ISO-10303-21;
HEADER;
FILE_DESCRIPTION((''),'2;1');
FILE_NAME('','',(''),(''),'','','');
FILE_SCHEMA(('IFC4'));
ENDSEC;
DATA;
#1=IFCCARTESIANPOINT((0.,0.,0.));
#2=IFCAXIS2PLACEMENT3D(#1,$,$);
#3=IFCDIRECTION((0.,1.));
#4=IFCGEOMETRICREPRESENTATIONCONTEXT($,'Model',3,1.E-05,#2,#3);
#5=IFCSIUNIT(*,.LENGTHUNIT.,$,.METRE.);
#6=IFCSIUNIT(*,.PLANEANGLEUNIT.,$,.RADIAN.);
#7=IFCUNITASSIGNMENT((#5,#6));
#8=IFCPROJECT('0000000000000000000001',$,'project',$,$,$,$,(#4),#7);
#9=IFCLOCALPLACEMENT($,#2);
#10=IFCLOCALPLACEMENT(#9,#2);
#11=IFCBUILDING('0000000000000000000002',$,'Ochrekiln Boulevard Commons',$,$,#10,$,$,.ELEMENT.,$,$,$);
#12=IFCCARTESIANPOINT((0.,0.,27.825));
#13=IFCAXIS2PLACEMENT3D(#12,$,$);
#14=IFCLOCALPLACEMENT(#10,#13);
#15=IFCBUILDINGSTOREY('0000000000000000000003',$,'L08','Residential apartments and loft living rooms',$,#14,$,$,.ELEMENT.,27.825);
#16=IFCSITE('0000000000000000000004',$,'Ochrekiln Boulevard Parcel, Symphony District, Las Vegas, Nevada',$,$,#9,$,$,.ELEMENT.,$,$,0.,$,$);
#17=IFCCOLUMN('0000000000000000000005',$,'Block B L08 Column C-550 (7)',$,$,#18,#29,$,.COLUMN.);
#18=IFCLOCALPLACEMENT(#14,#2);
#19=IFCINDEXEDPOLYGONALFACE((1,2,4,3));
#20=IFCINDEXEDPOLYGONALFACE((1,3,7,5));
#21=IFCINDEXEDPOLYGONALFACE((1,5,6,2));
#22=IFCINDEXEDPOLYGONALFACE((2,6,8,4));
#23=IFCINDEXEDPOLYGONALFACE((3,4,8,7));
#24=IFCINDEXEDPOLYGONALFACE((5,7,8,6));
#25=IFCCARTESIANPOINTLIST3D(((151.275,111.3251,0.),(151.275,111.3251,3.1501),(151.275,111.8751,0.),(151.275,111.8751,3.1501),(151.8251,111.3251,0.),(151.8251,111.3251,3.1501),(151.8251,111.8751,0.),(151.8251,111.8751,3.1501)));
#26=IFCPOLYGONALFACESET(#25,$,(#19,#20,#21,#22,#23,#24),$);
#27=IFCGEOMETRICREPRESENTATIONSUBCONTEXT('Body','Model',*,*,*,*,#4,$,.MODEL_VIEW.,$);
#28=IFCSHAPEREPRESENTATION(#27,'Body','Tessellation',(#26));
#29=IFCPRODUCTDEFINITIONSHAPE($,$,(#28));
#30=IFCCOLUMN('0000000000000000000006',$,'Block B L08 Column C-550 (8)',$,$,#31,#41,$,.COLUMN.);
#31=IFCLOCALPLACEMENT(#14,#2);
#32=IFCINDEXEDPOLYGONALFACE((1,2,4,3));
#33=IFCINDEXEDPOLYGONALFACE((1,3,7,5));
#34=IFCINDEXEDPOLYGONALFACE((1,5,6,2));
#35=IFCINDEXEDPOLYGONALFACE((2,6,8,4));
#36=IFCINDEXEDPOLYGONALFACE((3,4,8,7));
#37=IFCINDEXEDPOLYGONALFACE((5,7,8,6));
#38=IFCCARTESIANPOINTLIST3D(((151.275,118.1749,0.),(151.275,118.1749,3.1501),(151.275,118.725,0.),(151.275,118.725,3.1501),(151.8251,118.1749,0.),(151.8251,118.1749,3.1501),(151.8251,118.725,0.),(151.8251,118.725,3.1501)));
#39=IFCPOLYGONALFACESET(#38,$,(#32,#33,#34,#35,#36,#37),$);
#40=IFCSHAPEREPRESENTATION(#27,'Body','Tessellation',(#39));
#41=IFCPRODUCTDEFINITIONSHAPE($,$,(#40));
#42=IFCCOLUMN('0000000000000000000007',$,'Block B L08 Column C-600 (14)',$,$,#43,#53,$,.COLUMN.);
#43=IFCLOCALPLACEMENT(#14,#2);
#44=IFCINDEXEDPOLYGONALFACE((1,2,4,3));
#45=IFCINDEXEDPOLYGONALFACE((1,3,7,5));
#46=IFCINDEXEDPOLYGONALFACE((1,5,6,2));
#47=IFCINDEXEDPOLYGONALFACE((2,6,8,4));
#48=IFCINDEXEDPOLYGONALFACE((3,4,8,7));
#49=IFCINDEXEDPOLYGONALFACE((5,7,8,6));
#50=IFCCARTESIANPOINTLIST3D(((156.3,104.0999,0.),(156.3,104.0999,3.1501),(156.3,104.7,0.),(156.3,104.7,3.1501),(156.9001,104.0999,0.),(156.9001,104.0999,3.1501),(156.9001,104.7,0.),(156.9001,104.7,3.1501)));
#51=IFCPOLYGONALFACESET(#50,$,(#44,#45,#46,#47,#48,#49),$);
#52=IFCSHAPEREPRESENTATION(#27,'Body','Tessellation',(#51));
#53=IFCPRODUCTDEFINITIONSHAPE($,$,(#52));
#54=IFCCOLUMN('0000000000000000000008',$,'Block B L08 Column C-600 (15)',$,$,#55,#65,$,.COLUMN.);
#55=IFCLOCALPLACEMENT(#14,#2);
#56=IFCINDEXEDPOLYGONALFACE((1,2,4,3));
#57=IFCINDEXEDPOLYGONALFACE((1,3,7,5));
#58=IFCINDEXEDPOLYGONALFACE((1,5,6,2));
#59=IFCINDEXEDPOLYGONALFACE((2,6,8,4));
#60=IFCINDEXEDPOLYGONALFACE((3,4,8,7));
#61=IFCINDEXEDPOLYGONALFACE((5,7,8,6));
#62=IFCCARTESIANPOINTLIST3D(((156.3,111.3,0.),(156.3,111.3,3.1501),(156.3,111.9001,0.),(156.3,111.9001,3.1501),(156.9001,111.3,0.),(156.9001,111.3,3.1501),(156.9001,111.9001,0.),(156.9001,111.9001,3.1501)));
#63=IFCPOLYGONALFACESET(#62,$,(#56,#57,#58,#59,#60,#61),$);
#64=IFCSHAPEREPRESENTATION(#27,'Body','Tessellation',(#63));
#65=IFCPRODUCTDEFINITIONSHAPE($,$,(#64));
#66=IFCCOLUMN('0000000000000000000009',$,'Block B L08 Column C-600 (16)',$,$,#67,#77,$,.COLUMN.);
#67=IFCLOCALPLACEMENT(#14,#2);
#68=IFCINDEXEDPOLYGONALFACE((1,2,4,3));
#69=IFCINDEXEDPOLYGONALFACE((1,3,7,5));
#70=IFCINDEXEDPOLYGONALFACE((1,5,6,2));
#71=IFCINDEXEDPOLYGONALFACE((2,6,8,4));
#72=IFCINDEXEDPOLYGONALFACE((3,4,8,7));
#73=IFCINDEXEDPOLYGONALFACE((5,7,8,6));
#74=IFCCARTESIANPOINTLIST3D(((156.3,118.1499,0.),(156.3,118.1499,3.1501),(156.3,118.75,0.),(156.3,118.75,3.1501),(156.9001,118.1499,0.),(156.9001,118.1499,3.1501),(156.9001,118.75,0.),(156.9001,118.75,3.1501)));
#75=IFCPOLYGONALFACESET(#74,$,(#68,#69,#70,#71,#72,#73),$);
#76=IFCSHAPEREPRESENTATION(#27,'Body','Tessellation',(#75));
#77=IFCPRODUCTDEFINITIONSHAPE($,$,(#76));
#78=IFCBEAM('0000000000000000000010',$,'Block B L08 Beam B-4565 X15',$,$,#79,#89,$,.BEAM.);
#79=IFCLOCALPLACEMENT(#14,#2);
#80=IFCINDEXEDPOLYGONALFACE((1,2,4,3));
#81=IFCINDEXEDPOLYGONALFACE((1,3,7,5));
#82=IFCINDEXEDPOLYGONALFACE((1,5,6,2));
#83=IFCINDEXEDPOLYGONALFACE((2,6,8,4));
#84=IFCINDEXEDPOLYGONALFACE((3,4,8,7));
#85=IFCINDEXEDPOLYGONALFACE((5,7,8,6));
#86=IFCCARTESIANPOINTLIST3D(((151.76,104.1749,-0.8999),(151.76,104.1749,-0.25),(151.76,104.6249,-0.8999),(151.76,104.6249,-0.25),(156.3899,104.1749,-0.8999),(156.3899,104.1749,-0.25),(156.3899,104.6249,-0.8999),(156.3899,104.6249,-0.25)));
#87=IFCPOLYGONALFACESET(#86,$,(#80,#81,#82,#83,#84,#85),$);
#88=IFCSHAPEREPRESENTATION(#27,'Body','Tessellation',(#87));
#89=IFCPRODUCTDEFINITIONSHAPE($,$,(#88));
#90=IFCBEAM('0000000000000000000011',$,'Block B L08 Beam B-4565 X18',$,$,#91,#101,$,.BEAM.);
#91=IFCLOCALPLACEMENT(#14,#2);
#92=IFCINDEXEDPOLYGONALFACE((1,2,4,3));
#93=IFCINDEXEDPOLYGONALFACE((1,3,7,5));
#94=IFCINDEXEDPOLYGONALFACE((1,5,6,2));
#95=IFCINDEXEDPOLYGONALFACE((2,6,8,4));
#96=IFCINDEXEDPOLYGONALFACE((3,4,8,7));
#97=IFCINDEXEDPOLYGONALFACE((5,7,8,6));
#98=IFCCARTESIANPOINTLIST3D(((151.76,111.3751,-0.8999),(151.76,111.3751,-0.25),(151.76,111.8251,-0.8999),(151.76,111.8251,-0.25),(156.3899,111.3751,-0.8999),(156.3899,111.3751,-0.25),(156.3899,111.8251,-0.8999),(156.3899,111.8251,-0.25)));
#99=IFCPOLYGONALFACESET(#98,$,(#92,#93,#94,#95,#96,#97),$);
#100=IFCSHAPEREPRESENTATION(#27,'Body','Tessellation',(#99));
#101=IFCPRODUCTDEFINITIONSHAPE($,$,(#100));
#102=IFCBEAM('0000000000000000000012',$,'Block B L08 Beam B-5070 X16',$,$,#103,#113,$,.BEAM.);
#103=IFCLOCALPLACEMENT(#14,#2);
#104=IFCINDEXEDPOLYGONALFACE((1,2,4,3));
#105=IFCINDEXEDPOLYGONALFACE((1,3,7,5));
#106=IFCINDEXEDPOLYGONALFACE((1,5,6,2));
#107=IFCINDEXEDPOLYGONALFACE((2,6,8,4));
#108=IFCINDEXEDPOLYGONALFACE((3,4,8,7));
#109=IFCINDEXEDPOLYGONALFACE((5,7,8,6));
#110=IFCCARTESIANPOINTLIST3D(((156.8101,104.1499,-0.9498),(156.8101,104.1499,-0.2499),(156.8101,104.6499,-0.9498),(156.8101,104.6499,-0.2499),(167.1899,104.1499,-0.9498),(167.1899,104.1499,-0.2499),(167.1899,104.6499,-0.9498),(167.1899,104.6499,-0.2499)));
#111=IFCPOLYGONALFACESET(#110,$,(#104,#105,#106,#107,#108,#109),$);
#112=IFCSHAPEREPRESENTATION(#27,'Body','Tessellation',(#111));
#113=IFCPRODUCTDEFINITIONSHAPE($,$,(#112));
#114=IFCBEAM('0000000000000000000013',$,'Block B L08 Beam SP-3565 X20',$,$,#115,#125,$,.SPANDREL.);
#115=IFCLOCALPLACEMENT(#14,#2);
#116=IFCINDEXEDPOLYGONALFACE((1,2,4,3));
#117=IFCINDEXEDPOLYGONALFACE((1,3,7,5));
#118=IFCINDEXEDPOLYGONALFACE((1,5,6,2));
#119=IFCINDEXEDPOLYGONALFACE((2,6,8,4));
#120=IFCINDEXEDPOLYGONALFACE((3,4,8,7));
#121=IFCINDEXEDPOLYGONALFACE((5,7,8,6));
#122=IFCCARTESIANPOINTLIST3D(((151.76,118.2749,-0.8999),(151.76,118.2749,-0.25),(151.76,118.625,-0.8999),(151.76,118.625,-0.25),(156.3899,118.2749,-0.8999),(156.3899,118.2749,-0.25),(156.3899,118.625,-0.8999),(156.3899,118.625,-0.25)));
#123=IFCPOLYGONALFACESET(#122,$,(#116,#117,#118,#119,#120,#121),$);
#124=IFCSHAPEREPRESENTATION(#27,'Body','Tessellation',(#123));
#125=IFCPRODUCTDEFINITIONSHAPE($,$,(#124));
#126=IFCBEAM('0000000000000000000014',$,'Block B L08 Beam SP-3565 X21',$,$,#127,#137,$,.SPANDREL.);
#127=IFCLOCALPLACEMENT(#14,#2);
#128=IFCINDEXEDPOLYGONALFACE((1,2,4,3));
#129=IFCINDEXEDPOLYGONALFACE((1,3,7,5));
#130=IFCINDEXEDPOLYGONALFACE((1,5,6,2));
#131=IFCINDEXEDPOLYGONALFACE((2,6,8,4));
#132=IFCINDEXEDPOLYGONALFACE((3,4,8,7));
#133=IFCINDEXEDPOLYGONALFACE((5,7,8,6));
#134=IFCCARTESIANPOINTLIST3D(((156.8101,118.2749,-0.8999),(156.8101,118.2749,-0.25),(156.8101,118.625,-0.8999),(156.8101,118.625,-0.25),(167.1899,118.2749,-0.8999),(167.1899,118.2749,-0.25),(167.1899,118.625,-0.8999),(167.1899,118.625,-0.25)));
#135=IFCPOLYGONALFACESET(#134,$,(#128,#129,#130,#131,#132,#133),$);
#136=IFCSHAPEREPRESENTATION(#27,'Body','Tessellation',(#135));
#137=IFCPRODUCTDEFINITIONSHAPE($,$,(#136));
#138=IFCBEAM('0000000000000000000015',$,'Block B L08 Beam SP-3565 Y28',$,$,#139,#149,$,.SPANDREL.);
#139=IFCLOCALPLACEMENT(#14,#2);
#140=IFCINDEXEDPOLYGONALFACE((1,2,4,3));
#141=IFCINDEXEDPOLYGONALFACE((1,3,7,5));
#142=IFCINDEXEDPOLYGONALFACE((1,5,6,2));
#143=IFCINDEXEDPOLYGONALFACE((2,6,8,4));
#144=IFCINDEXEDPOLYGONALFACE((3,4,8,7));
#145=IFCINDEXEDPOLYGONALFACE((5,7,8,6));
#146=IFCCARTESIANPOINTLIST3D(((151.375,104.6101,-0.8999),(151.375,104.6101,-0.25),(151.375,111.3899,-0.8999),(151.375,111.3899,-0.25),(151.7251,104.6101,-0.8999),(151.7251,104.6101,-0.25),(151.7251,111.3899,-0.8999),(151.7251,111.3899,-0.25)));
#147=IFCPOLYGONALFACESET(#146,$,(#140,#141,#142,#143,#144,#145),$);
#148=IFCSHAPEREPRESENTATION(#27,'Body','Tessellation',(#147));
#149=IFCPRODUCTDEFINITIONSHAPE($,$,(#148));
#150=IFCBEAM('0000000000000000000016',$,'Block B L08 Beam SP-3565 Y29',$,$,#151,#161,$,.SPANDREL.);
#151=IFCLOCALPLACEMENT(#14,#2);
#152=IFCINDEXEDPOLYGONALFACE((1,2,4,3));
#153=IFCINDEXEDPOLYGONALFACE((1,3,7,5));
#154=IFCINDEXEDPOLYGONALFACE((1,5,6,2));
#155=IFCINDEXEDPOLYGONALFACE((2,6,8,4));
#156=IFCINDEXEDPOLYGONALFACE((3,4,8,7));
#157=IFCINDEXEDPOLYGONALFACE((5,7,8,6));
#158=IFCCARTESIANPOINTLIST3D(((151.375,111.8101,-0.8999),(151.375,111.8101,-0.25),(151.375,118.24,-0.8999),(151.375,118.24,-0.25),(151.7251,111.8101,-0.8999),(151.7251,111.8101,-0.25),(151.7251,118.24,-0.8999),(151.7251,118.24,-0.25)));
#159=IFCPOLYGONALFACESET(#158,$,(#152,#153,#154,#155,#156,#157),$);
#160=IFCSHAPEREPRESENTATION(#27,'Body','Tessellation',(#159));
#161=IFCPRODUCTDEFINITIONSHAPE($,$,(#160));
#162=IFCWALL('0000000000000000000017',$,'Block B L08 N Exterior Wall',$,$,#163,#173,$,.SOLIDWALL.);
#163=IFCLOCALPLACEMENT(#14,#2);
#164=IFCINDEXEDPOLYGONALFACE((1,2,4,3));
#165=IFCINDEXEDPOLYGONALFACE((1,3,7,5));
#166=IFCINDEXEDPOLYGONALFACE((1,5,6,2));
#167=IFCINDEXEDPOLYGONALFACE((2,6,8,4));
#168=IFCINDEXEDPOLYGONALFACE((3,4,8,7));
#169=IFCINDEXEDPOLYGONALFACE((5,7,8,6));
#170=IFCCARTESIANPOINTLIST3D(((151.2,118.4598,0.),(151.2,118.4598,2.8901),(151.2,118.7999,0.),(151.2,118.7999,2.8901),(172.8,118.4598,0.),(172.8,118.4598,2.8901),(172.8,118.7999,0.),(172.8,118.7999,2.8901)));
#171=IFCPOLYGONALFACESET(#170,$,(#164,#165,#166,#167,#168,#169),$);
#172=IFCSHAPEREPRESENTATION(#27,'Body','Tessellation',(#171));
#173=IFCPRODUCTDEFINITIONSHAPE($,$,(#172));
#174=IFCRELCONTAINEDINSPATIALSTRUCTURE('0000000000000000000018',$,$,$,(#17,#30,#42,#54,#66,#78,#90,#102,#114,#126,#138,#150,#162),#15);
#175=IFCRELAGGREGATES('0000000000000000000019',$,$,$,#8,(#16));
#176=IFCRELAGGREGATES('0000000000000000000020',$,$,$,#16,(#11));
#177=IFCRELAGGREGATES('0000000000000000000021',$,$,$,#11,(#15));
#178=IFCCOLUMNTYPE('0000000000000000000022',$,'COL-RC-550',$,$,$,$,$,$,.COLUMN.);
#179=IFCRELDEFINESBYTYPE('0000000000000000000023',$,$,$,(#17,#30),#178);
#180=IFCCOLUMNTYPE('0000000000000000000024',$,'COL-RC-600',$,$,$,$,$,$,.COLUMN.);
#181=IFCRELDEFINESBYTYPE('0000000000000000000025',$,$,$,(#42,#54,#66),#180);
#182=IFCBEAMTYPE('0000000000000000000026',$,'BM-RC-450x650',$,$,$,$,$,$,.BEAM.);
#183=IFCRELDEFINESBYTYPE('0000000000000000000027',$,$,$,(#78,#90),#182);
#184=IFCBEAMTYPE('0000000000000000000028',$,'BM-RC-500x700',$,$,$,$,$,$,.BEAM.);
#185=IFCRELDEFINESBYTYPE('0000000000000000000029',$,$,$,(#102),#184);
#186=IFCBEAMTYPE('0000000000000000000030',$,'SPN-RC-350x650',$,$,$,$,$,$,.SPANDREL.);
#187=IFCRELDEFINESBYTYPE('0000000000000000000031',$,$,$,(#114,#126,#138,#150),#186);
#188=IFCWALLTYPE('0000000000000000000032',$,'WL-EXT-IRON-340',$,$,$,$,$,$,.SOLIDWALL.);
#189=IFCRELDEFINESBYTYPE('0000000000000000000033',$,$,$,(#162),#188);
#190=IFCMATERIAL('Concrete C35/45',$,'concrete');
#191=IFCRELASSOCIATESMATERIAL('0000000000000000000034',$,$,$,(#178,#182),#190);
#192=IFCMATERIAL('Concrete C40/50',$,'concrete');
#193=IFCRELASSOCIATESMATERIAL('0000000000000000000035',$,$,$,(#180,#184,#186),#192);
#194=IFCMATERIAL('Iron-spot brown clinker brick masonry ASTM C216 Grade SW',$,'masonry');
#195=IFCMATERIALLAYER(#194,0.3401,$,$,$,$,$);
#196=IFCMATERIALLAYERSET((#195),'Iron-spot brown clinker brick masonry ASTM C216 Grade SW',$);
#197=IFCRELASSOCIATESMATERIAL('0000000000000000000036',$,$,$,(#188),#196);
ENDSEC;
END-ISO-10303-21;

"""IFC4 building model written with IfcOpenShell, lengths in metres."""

from ifc_helpers import new_model, si_unit, direction, frame, frame_2d, origin, origin_2d, place, context, subcontext, project, spatial, rectangle, extrude, material, layer, layer_set, material_profile, profile_set, type_object, element, save


model = new_model("IFC4")

# Units and contexts
model_context = context("Model", 3, precision=1e-05, world=origin(), true_north=direction((0.0, 1.0)))
body_context = subcontext(model_context, "Body", "Model", "MODEL_VIEW")
ifc_project = project(units=[si_unit("LENGTHUNIT", "METRE"), si_unit("PLANEANGLEUNIT", "RADIAN")], contexts=[model_context])

# Site, building, storey
site_placement = place(None, origin())
site = spatial("IfcSite", under=ifc_project, at=site_placement, Name="Ochrekiln Boulevard Parcel, Symphony District, Las Vegas, Nevada", CompositionType="ELEMENT", RefElevation=0.0)
building_placement = place(site_placement, origin())
building = spatial("IfcBuilding", under=site, at=building_placement, Name="Ochrekiln Boulevard Commons", CompositionType="ELEMENT")
storey_placement = place(building_placement, frame((0.0, 0.0, 27.825)))
storey = spatial("IfcBuildingStorey", under=building, at=storey_placement, Name="L08", Description="Residential apartments and loft living rooms", CompositionType="ELEMENT", Elevation=27.825)

# Columns
ifc_material_1 = material(Name="Concrete C35/45", Category="concrete")
ifc_material_profile_1 = material_profile(ifc_material_1, rectangle(XDim=0.55, YDim=0.55, at=origin_2d()), Name="RC-COL-550x550")
ifc_profile_set_1 = profile_set([ifc_material_profile_1], Name="Concrete C35/45")
column_type_1 = type_object("IfcColumnType", Name="COL-RC-550", PredefinedType="COLUMN", material=ifc_profile_set_1)
for number, where, z_axis, x_axis, name in (
    (1, (151.55, 111.6001, 0.0), (0.0, 0.0, 1.0), (1.0, 0.0, 0.0), "Block B L08 Column C-550 (7)"),
    (2, (151.55, 118.45, 0.0), (0.0, 0.0, 1.0), (1.0, 0.0, 0.0), "Block B L08 Column C-550 (8)"),
):
    element("IfcColumn", number, at=place(storey_placement, frame(where, z_axis=z_axis, x_axis=x_axis)), inside=storey, type_object=column_type_1, Name=name, PredefinedType="COLUMN", context=body_context, shape_type="SweptSolid", body=[
        extrude(rectangle(XDim=0.55, YDim=0.55, at=origin_2d()), origin(), (0.0, 0.0, 1.0), 3.1501),
    ])
ifc_material_2 = material(Name="Concrete C40/50", Category="concrete")
ifc_material_profile_2 = material_profile(ifc_material_2, rectangle(XDim=0.6001, YDim=0.6001, at=origin_2d()), Name="RC-COL-600x600")
ifc_profile_set_2 = profile_set([ifc_material_profile_2], Name="Concrete C40/50")
column_type_2 = type_object("IfcColumnType", Name="COL-RC-600", PredefinedType="COLUMN", material=ifc_profile_set_2)
for number, where, z_axis, x_axis, name in (
    (3, (156.6001, 104.3999, 0.0), (0.0, 0.0, 1.0), (1.0, 0.0, 0.0), "Block B L08 Column C-600 (14)"),
    (4, (156.6001, 111.6001, 0.0), (0.0, 0.0, 1.0), (1.0, 0.0, 0.0), "Block B L08 Column C-600 (15)"),
    (5, (156.6001, 118.45, 0.0), (0.0, 0.0, 1.0), (1.0, 0.0, 0.0), "Block B L08 Column C-600 (16)"),
):
    element("IfcColumn", number, at=place(storey_placement, frame(where, z_axis=z_axis, x_axis=x_axis)), inside=storey, type_object=column_type_2, Name=name, PredefinedType="COLUMN", context=body_context, shape_type="SweptSolid", body=[
        extrude(rectangle(XDim=0.6001, YDim=0.6001, at=origin_2d()), origin(), (0.0, 0.0, 1.0), 3.1501),
    ])

# Beams
ifc_material_profile_3 = material_profile(ifc_material_1, rectangle(XDim=0.45, YDim=0.6499, at=origin_2d()), Name="RC-BM-450x650")
ifc_profile_set_3 = profile_set([ifc_material_profile_3], Name="Concrete C35/45")
beam_type_1 = type_object("IfcBeamType", Name="BM-RC-450x650", PredefinedType="BEAM", material=ifc_profile_set_3)
for number, where, z_axis, x_axis, name in (
    (6, (151.76, 104.3999, -0.575), (1.0, 0.0, 0.0), (0.0, 1.0, 0.0), "Block B L08 Beam B-4565 X15"),
    (7, (151.76, 111.6001, -0.575), (1.0, 0.0, 0.0), (0.0, 1.0, 0.0), "Block B L08 Beam B-4565 X18"),
):
    element("IfcBeam", number, at=place(storey_placement, frame(where, z_axis=z_axis, x_axis=x_axis)), inside=storey, type_object=beam_type_1, Name=name, PredefinedType="BEAM", context=body_context, shape_type="SweptSolid", body=[
        extrude(rectangle(XDim=0.45, YDim=0.6499, at=origin_2d()), origin(), (0.0, 0.0, 1.0), 4.6299),
    ])
ifc_material_profile_4 = material_profile(ifc_material_2, rectangle(XDim=0.5, YDim=0.7, at=origin_2d()), Name="RC-BM-500x700")
ifc_profile_set_4 = profile_set([ifc_material_profile_4], Name="Concrete C40/50")
beam_type_2 = type_object("IfcBeamType", Name="BM-RC-500x700", PredefinedType="BEAM", material=ifc_profile_set_4)
beam_1_placement = place(storey_placement, frame((156.8101, 104.3999, -0.5999), z_axis=(1.0, 0.0, 0.0), x_axis=(0.0, 1.0, 0.0)))
element("IfcBeam", 8, at=beam_1_placement, inside=storey, type_object=beam_type_2, Name="Block B L08 Beam B-5070 X16", PredefinedType="BEAM", context=body_context, shape_type="SweptSolid", body=[
    extrude(rectangle(XDim=0.5, YDim=0.7, at=origin_2d()), origin(), (0.0, 0.0, 1.0), 10.3799),
])
ifc_material_profile_5 = material_profile(ifc_material_2, rectangle(XDim=0.3501, YDim=0.6499, at=origin_2d()), Name="RC-SPN-350x650")
ifc_profile_set_5 = profile_set([ifc_material_profile_5], Name="Concrete C40/50")
beam_type_3 = type_object("IfcBeamType", Name="SPN-RC-350x650", PredefinedType="SPANDREL", material=ifc_profile_set_5)
beam_2_placement = place(storey_placement, frame((151.76, 118.45, -0.575), z_axis=(1.0, 0.0, 0.0), x_axis=(0.0, 1.0, 0.0)))
element("IfcBeam", 9, at=beam_2_placement, inside=storey, type_object=beam_type_3, Name="Block B L08 Beam SP-3565 X20", PredefinedType="SPANDREL", context=body_context, shape_type="SweptSolid", body=[
    extrude(rectangle(XDim=0.3501, YDim=0.6499, at=origin_2d()), origin(), (0.0, 0.0, 1.0), 4.6299),
])
beam_3_placement = place(storey_placement, frame((156.8101, 118.45, -0.575), z_axis=(1.0, 0.0, 0.0), x_axis=(0.0, 1.0, 0.0)))
element("IfcBeam", 10, at=beam_3_placement, inside=storey, type_object=beam_type_3, Name="Block B L08 Beam SP-3565 X21", PredefinedType="SPANDREL", context=body_context, shape_type="SweptSolid", body=[
    extrude(rectangle(XDim=0.3501, YDim=0.6499, at=origin_2d()), origin(), (0.0, 0.0, 1.0), 10.3799),
])
beam_4_placement = place(storey_placement, frame((151.55, 104.6101, -0.575), z_axis=(0.0, 1.0, 0.0), x_axis=(-1.0, 0.0, 0.0)))
element("IfcBeam", 11, at=beam_4_placement, inside=storey, type_object=beam_type_3, Name="Block B L08 Beam SP-3565 Y28", PredefinedType="SPANDREL", context=body_context, shape_type="SweptSolid", body=[
    extrude(rectangle(XDim=0.3501, YDim=0.6499, at=origin_2d()), origin(), (0.0, 0.0, 1.0), 6.7798),
])
beam_5_placement = place(storey_placement, frame((151.55, 111.8101, -0.575), z_axis=(0.0, 1.0, 0.0), x_axis=(-1.0, 0.0, 0.0)))
element("IfcBeam", 12, at=beam_5_placement, inside=storey, type_object=beam_type_3, Name="Block B L08 Beam SP-3565 Y29", PredefinedType="SPANDREL", context=body_context, shape_type="SweptSolid", body=[
    extrude(rectangle(XDim=0.3501, YDim=0.6499, at=origin_2d()), origin(), (0.0, 0.0, 1.0), 6.4299),
])

# Wall
ifc_material_3 = material(Name="Iron-spot brown clinker brick masonry ASTM C216 Grade SW", Category="masonry")
ifc_layer_1 = layer(ifc_material_3, 0.3401)
ifc_layer_set_1 = layer_set([ifc_layer_1], Name="Iron-spot brown clinker brick masonry ASTM C216 Grade SW")
wall_type_1 = type_object("IfcWallType", Name="WL-EXT-IRON-340", PredefinedType="SOLIDWALL", material=ifc_layer_set_1)
wall_1_placement = place(storey_placement, frame((151.2, 118.6299, 0.0), z_axis=(0.0, 0.0, 1.0), x_axis=(1.0, 0.0, 0.0)))
element("IfcWall", 13, at=wall_1_placement, inside=storey, type_object=wall_type_1, Name="Block B L08 N Exterior Wall", PredefinedType="SOLIDWALL", context=body_context, shape_type="SweptSolid", body=[
    extrude(rectangle(XDim=21.6001, YDim=0.3401, at=frame_2d((10.8, 0.0))), origin(), (0.0, 0.0, 1.0), 2.8901),
])

save(model, "model.ifc")
